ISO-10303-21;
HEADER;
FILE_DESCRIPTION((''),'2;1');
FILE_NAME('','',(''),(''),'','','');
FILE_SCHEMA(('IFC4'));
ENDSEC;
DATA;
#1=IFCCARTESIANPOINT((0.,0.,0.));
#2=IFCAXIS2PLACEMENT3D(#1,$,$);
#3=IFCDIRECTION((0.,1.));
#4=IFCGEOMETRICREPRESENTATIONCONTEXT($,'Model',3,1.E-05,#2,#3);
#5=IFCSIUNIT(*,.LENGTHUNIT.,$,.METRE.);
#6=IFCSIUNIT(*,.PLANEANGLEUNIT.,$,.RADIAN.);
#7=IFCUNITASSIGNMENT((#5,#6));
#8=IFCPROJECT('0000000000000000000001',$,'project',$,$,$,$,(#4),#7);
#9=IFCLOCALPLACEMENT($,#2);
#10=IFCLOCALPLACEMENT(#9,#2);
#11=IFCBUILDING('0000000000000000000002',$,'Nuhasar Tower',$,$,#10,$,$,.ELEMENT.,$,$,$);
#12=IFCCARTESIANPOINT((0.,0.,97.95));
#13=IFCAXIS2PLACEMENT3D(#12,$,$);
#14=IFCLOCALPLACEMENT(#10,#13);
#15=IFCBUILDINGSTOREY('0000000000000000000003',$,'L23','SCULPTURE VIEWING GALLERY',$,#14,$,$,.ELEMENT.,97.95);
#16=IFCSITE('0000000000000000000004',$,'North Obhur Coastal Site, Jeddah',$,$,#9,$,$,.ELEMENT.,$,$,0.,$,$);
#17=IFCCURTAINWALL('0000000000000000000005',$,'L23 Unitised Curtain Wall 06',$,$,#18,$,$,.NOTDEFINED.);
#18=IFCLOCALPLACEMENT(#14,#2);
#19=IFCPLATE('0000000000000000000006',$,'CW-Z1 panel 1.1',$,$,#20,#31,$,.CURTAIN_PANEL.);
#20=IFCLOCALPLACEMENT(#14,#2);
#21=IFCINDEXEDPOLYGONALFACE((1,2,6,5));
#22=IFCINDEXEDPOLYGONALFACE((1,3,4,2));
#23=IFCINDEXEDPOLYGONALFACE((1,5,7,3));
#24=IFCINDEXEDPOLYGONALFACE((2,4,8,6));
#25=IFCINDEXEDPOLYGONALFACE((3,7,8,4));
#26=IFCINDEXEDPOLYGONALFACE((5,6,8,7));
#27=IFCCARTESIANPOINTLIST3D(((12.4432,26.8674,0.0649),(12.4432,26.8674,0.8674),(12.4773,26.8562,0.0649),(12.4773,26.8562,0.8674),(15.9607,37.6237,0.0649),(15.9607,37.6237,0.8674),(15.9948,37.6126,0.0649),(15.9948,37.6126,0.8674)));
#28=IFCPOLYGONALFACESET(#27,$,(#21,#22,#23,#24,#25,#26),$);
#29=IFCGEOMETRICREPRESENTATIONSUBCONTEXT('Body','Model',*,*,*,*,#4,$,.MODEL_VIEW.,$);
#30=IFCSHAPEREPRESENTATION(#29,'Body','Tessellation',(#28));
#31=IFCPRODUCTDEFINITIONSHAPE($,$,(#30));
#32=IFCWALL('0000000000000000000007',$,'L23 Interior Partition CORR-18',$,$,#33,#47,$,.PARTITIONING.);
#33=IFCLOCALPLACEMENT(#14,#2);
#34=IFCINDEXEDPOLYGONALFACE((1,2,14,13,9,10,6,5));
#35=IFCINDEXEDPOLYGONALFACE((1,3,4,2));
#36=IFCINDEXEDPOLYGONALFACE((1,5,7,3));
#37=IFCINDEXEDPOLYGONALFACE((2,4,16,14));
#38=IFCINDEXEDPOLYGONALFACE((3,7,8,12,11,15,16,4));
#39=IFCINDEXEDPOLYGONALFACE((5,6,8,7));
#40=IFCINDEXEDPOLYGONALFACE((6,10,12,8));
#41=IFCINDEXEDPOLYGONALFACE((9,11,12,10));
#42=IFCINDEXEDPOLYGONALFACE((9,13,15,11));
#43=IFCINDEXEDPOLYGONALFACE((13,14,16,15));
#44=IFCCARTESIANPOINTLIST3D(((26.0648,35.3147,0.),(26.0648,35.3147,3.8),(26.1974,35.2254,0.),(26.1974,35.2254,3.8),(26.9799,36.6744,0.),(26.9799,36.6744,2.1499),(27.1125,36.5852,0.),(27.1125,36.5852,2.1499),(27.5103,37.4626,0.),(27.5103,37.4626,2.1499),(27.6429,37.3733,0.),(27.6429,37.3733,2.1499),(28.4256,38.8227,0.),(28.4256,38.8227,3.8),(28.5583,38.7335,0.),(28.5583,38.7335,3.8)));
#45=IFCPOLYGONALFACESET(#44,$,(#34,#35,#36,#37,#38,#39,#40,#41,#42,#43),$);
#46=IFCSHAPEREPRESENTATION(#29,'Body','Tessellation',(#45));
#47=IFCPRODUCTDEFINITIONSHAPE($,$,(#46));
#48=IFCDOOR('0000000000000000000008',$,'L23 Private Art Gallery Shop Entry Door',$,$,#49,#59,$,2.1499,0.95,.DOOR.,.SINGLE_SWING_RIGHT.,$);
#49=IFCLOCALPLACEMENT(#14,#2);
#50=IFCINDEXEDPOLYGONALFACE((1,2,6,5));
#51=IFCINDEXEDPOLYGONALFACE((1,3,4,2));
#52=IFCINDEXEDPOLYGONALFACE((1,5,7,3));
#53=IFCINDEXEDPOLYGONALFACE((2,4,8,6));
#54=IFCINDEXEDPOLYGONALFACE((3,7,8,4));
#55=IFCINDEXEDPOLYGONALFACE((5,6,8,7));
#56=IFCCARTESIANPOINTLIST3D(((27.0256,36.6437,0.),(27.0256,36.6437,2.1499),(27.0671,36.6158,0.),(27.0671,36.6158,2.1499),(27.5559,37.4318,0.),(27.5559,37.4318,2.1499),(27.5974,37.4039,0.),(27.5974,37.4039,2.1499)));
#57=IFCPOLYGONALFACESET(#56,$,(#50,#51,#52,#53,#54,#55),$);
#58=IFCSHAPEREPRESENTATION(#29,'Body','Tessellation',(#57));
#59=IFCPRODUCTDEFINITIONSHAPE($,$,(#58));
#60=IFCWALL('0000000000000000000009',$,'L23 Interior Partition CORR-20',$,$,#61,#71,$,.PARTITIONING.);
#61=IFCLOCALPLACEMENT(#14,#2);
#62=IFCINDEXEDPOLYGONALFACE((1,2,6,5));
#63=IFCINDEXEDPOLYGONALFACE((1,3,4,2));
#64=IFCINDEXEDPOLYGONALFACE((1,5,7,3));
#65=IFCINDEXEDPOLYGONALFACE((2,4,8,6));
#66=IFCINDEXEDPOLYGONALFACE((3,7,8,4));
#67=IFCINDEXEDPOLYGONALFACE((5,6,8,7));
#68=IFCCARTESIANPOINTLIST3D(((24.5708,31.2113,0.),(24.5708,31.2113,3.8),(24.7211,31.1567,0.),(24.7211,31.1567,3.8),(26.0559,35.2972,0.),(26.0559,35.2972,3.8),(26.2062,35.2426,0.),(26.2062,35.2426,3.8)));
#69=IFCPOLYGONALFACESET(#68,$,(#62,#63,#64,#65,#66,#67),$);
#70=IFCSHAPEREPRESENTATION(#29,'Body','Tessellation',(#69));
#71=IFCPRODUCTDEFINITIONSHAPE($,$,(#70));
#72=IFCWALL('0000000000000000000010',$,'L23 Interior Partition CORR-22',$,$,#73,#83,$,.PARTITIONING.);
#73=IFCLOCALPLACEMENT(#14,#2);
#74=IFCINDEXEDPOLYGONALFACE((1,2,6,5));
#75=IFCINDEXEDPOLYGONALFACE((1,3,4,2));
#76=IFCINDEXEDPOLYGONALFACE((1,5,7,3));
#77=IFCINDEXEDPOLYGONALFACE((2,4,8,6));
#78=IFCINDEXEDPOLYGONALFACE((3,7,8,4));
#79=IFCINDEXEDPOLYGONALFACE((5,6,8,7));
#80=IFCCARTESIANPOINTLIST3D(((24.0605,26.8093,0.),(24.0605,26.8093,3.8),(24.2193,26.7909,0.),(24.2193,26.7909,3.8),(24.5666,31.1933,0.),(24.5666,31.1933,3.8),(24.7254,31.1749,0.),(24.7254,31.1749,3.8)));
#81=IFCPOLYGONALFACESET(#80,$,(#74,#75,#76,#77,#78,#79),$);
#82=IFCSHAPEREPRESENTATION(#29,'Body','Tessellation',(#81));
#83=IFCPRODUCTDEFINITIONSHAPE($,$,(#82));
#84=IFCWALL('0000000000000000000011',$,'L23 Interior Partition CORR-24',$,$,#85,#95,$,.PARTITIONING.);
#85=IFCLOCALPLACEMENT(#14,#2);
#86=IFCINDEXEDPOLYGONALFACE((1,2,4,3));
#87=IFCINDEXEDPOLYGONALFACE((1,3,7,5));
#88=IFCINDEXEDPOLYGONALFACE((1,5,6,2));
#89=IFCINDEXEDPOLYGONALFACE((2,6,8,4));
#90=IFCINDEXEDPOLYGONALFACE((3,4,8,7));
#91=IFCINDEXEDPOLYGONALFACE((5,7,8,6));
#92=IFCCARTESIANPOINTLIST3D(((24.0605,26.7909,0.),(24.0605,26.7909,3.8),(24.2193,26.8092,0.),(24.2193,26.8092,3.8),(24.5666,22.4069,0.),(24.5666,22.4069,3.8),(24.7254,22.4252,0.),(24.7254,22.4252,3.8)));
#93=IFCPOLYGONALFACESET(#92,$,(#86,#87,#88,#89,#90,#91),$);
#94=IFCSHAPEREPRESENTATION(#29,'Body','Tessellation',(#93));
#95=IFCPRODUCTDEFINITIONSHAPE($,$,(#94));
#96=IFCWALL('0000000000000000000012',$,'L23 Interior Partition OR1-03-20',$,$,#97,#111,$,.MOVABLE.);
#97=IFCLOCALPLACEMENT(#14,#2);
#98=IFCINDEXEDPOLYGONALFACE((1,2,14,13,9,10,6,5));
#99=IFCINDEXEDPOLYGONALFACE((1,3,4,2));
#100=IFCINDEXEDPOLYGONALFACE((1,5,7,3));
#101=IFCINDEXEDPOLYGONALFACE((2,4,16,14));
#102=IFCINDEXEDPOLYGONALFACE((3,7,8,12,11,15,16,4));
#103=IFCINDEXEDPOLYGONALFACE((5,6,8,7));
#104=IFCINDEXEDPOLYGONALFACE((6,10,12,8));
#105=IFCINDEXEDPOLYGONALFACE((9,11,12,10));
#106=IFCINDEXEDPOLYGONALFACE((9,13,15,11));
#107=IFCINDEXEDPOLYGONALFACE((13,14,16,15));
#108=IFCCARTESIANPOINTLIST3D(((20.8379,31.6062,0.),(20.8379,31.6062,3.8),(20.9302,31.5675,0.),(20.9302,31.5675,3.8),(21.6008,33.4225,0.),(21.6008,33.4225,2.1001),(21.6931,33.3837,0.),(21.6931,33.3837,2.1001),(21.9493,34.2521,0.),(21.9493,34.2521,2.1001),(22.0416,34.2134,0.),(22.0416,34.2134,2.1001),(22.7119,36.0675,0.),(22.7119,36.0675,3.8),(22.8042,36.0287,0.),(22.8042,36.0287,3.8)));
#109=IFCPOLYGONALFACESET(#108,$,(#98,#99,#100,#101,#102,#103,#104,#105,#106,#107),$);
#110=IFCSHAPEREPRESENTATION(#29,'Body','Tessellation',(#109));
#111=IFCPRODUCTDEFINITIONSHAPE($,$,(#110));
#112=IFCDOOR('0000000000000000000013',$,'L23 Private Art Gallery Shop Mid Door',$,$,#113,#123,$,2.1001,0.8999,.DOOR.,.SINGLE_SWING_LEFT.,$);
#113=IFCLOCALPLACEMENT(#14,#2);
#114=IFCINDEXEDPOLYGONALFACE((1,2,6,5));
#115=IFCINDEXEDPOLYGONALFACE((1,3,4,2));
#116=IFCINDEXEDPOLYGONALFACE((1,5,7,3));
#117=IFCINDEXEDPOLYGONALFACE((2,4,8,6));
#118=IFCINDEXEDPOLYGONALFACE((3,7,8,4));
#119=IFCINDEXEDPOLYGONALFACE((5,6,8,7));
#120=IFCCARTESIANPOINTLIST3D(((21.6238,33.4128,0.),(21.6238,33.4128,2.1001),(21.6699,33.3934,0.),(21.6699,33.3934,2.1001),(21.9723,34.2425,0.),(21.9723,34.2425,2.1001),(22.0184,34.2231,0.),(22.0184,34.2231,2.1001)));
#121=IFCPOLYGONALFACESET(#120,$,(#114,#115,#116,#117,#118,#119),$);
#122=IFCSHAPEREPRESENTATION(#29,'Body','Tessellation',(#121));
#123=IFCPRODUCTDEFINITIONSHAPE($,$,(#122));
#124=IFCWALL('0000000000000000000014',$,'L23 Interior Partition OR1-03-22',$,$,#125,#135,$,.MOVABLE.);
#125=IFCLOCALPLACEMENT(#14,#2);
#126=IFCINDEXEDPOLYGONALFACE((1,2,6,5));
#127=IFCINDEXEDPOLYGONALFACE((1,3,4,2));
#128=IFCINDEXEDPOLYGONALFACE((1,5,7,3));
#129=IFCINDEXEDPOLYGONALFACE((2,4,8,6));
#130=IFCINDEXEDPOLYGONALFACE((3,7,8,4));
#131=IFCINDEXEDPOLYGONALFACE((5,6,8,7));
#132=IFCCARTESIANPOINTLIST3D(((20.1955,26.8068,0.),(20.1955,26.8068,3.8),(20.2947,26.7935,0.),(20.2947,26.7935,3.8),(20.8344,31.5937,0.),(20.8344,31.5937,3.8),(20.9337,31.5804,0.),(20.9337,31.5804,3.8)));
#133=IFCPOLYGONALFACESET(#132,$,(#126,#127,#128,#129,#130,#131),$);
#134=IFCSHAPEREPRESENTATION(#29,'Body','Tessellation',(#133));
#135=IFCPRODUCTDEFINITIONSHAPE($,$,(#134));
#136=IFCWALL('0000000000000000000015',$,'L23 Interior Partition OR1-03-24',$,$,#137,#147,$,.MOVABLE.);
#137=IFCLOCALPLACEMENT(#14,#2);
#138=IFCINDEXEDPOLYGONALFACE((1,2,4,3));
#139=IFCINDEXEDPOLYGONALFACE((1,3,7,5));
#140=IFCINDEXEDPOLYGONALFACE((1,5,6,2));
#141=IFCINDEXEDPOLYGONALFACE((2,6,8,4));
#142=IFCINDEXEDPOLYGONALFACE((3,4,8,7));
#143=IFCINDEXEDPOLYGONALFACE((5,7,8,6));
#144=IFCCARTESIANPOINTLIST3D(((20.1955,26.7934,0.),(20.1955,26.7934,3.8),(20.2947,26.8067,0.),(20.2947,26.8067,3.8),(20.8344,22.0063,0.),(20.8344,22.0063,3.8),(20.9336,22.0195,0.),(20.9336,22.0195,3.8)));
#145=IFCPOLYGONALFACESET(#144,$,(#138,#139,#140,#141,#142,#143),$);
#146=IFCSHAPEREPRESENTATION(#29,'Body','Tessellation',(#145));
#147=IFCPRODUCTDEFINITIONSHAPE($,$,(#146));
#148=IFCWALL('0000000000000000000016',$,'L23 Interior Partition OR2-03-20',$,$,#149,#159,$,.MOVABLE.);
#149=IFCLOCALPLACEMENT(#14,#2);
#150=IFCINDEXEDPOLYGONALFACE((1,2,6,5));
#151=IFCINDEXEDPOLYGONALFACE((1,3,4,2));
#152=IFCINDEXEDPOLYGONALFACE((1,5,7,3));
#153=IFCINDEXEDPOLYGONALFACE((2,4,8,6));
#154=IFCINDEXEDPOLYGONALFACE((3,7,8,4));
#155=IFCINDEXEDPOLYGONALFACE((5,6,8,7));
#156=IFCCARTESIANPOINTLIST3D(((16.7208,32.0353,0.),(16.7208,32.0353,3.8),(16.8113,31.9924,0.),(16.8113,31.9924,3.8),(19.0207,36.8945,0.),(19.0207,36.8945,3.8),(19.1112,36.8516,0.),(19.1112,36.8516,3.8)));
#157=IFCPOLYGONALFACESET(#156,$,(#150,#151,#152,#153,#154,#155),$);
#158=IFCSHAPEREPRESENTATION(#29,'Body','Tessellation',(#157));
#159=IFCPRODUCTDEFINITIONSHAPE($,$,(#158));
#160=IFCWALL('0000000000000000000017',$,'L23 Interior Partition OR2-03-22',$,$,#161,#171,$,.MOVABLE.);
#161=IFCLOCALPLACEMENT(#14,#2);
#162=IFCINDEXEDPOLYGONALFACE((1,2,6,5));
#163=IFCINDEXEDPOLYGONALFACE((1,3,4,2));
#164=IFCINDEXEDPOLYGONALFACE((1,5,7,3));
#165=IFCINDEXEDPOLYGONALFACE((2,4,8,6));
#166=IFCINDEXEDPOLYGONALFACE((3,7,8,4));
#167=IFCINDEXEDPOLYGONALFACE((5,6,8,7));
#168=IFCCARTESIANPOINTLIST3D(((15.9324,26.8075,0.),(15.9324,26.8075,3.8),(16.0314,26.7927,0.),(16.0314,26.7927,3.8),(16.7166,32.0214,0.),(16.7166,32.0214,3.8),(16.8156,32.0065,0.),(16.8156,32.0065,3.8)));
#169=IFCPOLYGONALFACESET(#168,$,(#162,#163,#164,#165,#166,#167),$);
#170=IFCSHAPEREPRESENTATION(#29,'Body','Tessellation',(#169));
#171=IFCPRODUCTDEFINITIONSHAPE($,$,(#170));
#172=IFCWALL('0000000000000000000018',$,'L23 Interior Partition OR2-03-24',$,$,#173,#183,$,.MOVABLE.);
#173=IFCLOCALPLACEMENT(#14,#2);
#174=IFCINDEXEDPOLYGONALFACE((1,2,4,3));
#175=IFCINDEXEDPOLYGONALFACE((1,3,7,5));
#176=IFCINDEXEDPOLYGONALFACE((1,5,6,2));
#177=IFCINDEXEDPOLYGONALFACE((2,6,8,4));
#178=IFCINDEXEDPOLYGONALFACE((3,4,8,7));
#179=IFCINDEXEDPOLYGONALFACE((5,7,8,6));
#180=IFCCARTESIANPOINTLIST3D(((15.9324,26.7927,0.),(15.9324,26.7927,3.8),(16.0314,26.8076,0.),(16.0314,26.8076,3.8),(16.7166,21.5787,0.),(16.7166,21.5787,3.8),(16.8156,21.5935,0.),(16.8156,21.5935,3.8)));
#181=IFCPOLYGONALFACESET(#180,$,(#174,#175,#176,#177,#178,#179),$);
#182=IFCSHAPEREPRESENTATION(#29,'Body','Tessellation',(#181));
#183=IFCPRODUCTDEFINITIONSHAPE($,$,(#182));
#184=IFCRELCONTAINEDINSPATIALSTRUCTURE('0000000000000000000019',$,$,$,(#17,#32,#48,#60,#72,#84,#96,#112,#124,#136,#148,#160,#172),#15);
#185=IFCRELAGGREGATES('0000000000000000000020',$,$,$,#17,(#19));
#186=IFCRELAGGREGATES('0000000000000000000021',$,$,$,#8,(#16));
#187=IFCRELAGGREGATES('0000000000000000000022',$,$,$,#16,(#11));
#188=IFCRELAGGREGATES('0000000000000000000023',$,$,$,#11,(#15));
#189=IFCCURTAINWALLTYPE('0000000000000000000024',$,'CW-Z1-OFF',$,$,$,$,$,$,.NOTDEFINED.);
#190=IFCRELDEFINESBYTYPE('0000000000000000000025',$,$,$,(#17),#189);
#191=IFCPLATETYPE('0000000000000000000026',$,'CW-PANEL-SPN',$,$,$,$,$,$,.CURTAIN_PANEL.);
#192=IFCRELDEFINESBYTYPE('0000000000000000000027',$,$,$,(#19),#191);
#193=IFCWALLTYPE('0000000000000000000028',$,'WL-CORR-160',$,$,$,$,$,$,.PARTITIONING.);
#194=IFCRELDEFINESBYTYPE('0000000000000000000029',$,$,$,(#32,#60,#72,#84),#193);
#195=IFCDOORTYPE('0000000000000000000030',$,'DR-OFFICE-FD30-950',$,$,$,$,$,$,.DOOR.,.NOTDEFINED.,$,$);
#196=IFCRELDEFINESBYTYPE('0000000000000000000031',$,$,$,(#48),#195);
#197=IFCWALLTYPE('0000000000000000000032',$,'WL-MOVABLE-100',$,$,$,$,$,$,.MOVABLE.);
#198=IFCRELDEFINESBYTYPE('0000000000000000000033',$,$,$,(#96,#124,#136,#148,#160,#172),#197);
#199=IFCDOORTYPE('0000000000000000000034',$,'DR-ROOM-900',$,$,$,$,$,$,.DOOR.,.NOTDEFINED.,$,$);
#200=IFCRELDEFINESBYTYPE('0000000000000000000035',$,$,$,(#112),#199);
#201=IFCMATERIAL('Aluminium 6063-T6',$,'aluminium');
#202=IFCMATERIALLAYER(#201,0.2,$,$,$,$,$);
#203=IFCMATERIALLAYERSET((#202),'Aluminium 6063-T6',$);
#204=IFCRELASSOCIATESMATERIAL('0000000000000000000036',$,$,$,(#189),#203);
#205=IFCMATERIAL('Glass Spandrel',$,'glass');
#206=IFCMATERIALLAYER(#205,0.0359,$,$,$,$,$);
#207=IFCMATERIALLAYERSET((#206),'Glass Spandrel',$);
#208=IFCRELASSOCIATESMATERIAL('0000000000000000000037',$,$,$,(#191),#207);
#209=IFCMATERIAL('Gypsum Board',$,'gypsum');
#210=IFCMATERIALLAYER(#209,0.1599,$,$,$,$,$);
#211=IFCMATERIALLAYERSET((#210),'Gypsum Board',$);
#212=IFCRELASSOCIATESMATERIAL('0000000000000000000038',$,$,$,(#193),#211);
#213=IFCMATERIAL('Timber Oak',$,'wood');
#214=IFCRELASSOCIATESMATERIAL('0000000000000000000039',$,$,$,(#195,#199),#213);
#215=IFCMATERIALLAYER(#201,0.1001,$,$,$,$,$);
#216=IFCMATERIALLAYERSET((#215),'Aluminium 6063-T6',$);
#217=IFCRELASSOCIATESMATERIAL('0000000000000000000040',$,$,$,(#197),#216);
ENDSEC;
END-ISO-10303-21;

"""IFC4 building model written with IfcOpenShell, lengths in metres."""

from ifc_helpers import new_model, si_unit, direction, frame, frame_2d, origin, origin_2d, place, context, subcontext, project, spatial, rectangle, extrude, material, layer, layer_set, type_object, element, fill, aggregate, save


model = new_model("IFC4")

# Units and contexts
model_context = context("Model", 3, precision=1e-05, world=origin(), true_north=direction((0.0, 1.0)))
body_context = subcontext(model_context, "Body", "Model", "MODEL_VIEW")
ifc_project = project(units=[si_unit("LENGTHUNIT", "METRE"), si_unit("PLANEANGLEUNIT", "RADIAN")], contexts=[model_context])

# Site, building, storey
site_placement = place(None, origin())
site = spatial("IfcSite", under=ifc_project, at=site_placement, Name="North Obhur Coastal Site, Jeddah", CompositionType="ELEMENT", RefElevation=0.0)
building_placement = place(site_placement, origin())
building = spatial("IfcBuilding", under=site, at=building_placement, Name="Nuhasar Tower", CompositionType="ELEMENT")
storey_placement = place(building_placement, frame((0.0, 0.0, 97.95)))
storey = spatial("IfcBuildingStorey", under=building, at=storey_placement, Name="L23", Description="SCULPTURE VIEWING GALLERY", CompositionType="ELEMENT", Elevation=97.95)

# Curtain wall
ifc_material_1 = material(Name="Aluminium 6063-T6", Category="aluminium")
ifc_layer_1 = layer(ifc_material_1, 0.2)
ifc_layer_set_1 = layer_set([ifc_layer_1], Name="Aluminium 6063-T6")
curtain_wall_type = type_object("IfcCurtainWallType", Name="CW-Z1-OFF", PredefinedType="NOTDEFINED", material=ifc_layer_set_1)
curtain_wall_1_placement = place(storey_placement, origin())
curtain_wall_1 = element("IfcCurtainWall", 1, at=curtain_wall_1_placement, inside=storey, type_object=curtain_wall_type, Name="L23 Unitised Curtain Wall 06", PredefinedType="NOTDEFINED")

# Plate
ifc_material_2 = material(Name="Glass Spandrel", Category="glass")
ifc_layer_2 = layer(ifc_material_2, 0.0359)
ifc_layer_set_2 = layer_set([ifc_layer_2], Name="Glass Spandrel")
plate_type_1 = type_object("IfcPlateType", Name="CW-PANEL-SPN", PredefinedType="CURTAIN_PANEL", material=ifc_layer_set_2)
plate_1_placement = place(storey_placement, frame((14.219, 32.24, 0.0649), z_axis=(0.0, 0.0, 1.0), x_axis=(-0.310824, -0.950468, 0.0)))
plate_1 = element("IfcPlate", 2, at=plate_1_placement, type_object=plate_type_1, Name="CW-Z1 panel 1.1", PredefinedType="CURTAIN_PANEL", context=body_context, shape_type="SweptSolid", body=[
    extrude(rectangle(XDim=11.3169, YDim=0.0359, at=origin_2d()), origin(), (0.0, 0.0, 1.0), 0.8025),
])
aggregate(curtain_wall_1, [plate_1])

# Wall, opening, door
ifc_material_3 = material(Name="Gypsum Board", Category="gypsum")
ifc_layer_3 = layer(ifc_material_3, 0.1599)
ifc_layer_set_3 = layer_set([ifc_layer_3], Name="Gypsum Board")
wall_type_1 = type_object("IfcWallType", Name="WL-CORR-160", PredefinedType="PARTITIONING", material=ifc_layer_set_3)
wall_1_placement = place(storey_placement, frame((26.1311, 35.27, 0.0), z_axis=(0.0, 0.0, 1.0), x_axis=(0.558319, 0.829626, 0.0)))
wall_1 = element("IfcWall", 3, at=wall_1_placement, inside=storey, type_object=wall_type_1, Name="L23 Interior Partition CORR-18", PredefinedType="PARTITIONING", context=body_context, shape_type="SweptSolid", body=[
    extrude(rectangle(XDim=4.2285, YDim=0.1599, at=frame_2d((2.1143, 0.0))), origin(), (0.0, 0.0, 1.0), 3.8),
])
opening_1_placement = place(wall_1_placement, frame((1.6389, 0.0, 0.0)))
opening_1 = element("IfcOpeningElement", 4, at=opening_1_placement, cuts=wall_1, PredefinedType="OPENING", context=body_context, shape_type="SweptSolid", body=[
    extrude(rectangle(XDim=0.95, YDim=2.1499, at=frame_2d((0.4751, 1.075))), frame((0.0, 0.0898, 0.0), z_axis=(0.0, -1.0, 0.0), x_axis=(1.0, 0.0, 0.0)), (0.0, 0.0, 1.0), 0.1799),
])
ifc_material_4 = material(Name="Timber Oak", Category="wood")
door_type_1 = type_object("IfcDoorType", Name="DR-OFFICE-FD30-950", OperationType="NOTDEFINED", PredefinedType="DOOR", material=ifc_material_4)
door_1_placement = place(opening_1_placement, origin())
door_1 = element("IfcDoor", 5, at=door_1_placement, inside=storey, type_object=door_type_1, Name="L23 Private Art Gallery Shop Entry Door", OperationType="SINGLE_SWING_RIGHT", OverallHeight=2.1499, OverallWidth=0.95, PredefinedType="DOOR", context=body_context, shape_type="SweptSolid", body=[
    extrude(rectangle(XDim=0.95, YDim=2.1499, at=frame_2d((0.4751, 1.075))), frame((0.0, 0.0249, 0.0), z_axis=(0.0, -1.0, 0.0), x_axis=(1.0, 0.0, 0.0)), (0.0, 0.0, 1.0), 0.05),
])
fill(opening_1, door_1)

# Walls
wall_2_placement = place(storey_placement, frame((26.1311, 35.27, 0.0), z_axis=(0.0, 0.0, 1.0), x_axis=(-0.341603, -0.939844, 0.0)))
element("IfcWall", 6, at=wall_2_placement, inside=storey, type_object=wall_type_1, Name="L23 Interior Partition CORR-20", PredefinedType="PARTITIONING", context=body_context, shape_type="SweptSolid", body=[
    extrude(rectangle(XDim=4.3474, YDim=0.1599, at=frame_2d((2.1738, 0.0))), origin(), (0.0, 0.0, 1.0), 3.8),
])
for number, where, z_axis, x_axis, name in (
    (7, (24.646, 31.1841, 0.0), (0.0, 0.0, 1.0), (-0.114681, -0.993402, 0.0), "L23 Interior Partition CORR-22"),
    (8, (24.1399, 26.8, 0.0), (0.0, 0.0, 1.0), (0.114681, -0.993402, 0.0), "L23 Interior Partition CORR-24"),
):
    element("IfcWall", number, at=place(storey_placement, frame(where, z_axis=z_axis, x_axis=x_axis)), inside=storey, type_object=wall_type_1, Name=name, PredefinedType="PARTITIONING", context=body_context, shape_type="SweptSolid", body=[
        extrude(rectangle(XDim=4.4131, YDim=0.1599, at=frame_2d((2.2065, 0.0))), origin(), (0.0, 0.0, 1.0), 3.8),
    ])

# Wall, opening, door
ifc_layer_4 = layer(ifc_material_1, 0.1001)
ifc_layer_set_4 = layer_set([ifc_layer_4], Name="Aluminium 6063-T6")
wall_type_2 = type_object("IfcWallType", Name="WL-MOVABLE-100", PredefinedType="MOVABLE", material=ifc_layer_set_4)
wall_3_placement = place(storey_placement, frame((22.7581, 36.0481, 0.0), z_axis=(0.0, 0.0, 1.0), x_axis=(-0.38729, -0.921958, 0.0)))
wall_3 = element("IfcWall", 9, at=wall_3_placement, inside=storey, type_object=wall_type_2, Name="L23 Interior Partition OR1-03-20", PredefinedType="MOVABLE", context=body_context, shape_type="SweptSolid", body=[
    extrude(rectangle(XDim=4.8389, YDim=0.1001, at=frame_2d((2.4194, 0.0))), origin(), (0.0, 0.0, 1.0), 3.8),
])
opening_2_placement = place(wall_3_placement, frame((1.969, 0.0, 0.0)))
opening_2 = element("IfcOpeningElement", 10, at=opening_2_placement, cuts=wall_3, PredefinedType="OPENING", context=body_context, shape_type="SweptSolid", body=[
    extrude(rectangle(XDim=0.8999, YDim=2.1001, at=frame_2d((0.45, 1.05))), frame((0.0, 0.0601, 0.0), z_axis=(0.0, -1.0, 0.0), x_axis=(1.0, 0.0, 0.0)), (0.0, 0.0, 1.0), 0.1201),
])
door_type_2 = type_object("IfcDoorType", Name="DR-ROOM-900", OperationType="NOTDEFINED", PredefinedType="DOOR", material=ifc_material_4)
door_2_placement = place(opening_2_placement, origin())
door_2 = element("IfcDoor", 11, at=door_2_placement, inside=storey, type_object=door_type_2, Name="L23 Private Art Gallery Shop Mid Door", OperationType="SINGLE_SWING_LEFT", OverallHeight=2.1001, OverallWidth=0.8999, PredefinedType="DOOR", context=body_context, shape_type="SweptSolid", body=[
    extrude(rectangle(XDim=0.8999, YDim=2.1001, at=frame_2d((0.45, 1.05))), frame((0.0, 0.0249, 0.0), z_axis=(0.0, -1.0, 0.0), x_axis=(1.0, 0.0, 0.0)), (0.0, 0.0, 1.0), 0.05),
])
fill(opening_2, door_2)

# Walls
wall_4_placement = place(storey_placement, frame((20.884, 31.5869, 0.0), z_axis=(0.0, 0.0, 1.0), x_axis=(-0.132299, -0.99121, 0.0)))
element("IfcWall", 12, at=wall_4_placement, inside=storey, type_object=wall_type_2, Name="L23 Interior Partition OR1-03-22", PredefinedType="MOVABLE", context=body_context, shape_type="SweptSolid", body=[
    extrude(rectangle(XDim=4.8293, YDim=0.1001, at=frame_2d((2.4146, 0.0))), origin(), (0.0, 0.0, 1.0), 3.8),
])
wall_5_placement = place(storey_placement, frame((20.2451, 26.8, 0.0), z_axis=(0.0, 0.0, 1.0), x_axis=(0.132293, -0.991211, 0.0)))
element("IfcWall", 13, at=wall_5_placement, inside=storey, type_object=wall_type_2, Name="L23 Interior Partition OR1-03-24", PredefinedType="MOVABLE", context=body_context, shape_type="SweptSolid", body=[
    extrude(rectangle(XDim=4.8296, YDim=0.1001, at=frame_2d((2.4148, 0.0))), origin(), (0.0, 0.0, 1.0), 3.8),
])
wall_6_placement = place(storey_placement, frame((19.0659, 36.873, 0.0), z_axis=(0.0, 0.0, 1.0), x_axis=(-0.427799, -0.903874, 0.0)))
element("IfcWall", 14, at=wall_6_placement, inside=storey, type_object=wall_type_2, Name="L23 Interior Partition OR2-03-20", PredefinedType="MOVABLE", context=body_context, shape_type="SweptSolid", body=[
    extrude(rectangle(XDim=5.376, YDim=0.1001, at=frame_2d((2.688, 0.0))), origin(), (0.0, 0.0, 1.0), 3.8),
])
wall_7_placement = place(storey_placement, frame((16.7661, 32.0139, 0.0), z_axis=(0.0, 0.0, 1.0), x_axis=(-0.14873, -0.988878, 0.0)))
element("IfcWall", 15, at=wall_7_placement, inside=storey, type_object=wall_type_2, Name="L23 Interior Partition OR2-03-22", PredefinedType="MOVABLE", context=body_context, shape_type="SweptSolid", body=[
    extrude(rectangle(XDim=5.2725, YDim=0.1001, at=frame_2d((2.6362, 0.0))), origin(), (0.0, 0.0, 1.0), 3.8),
])
wall_8_placement = place(storey_placement, frame((15.9819, 26.8, 0.0), z_axis=(0.0, 0.0, 1.0), x_axis=(0.148723, -0.988879, 0.0)))
element("IfcWall", 16, at=wall_8_placement, inside=storey, type_object=wall_type_2, Name="L23 Interior Partition OR2-03-24", PredefinedType="MOVABLE", context=body_context, shape_type="SweptSolid", body=[
    extrude(rectangle(XDim=5.2727, YDim=0.1001, at=frame_2d((2.6362, 0.0))), origin(), (0.0, 0.0, 1.0), 3.8),
])

save(model, "model.ifc")
